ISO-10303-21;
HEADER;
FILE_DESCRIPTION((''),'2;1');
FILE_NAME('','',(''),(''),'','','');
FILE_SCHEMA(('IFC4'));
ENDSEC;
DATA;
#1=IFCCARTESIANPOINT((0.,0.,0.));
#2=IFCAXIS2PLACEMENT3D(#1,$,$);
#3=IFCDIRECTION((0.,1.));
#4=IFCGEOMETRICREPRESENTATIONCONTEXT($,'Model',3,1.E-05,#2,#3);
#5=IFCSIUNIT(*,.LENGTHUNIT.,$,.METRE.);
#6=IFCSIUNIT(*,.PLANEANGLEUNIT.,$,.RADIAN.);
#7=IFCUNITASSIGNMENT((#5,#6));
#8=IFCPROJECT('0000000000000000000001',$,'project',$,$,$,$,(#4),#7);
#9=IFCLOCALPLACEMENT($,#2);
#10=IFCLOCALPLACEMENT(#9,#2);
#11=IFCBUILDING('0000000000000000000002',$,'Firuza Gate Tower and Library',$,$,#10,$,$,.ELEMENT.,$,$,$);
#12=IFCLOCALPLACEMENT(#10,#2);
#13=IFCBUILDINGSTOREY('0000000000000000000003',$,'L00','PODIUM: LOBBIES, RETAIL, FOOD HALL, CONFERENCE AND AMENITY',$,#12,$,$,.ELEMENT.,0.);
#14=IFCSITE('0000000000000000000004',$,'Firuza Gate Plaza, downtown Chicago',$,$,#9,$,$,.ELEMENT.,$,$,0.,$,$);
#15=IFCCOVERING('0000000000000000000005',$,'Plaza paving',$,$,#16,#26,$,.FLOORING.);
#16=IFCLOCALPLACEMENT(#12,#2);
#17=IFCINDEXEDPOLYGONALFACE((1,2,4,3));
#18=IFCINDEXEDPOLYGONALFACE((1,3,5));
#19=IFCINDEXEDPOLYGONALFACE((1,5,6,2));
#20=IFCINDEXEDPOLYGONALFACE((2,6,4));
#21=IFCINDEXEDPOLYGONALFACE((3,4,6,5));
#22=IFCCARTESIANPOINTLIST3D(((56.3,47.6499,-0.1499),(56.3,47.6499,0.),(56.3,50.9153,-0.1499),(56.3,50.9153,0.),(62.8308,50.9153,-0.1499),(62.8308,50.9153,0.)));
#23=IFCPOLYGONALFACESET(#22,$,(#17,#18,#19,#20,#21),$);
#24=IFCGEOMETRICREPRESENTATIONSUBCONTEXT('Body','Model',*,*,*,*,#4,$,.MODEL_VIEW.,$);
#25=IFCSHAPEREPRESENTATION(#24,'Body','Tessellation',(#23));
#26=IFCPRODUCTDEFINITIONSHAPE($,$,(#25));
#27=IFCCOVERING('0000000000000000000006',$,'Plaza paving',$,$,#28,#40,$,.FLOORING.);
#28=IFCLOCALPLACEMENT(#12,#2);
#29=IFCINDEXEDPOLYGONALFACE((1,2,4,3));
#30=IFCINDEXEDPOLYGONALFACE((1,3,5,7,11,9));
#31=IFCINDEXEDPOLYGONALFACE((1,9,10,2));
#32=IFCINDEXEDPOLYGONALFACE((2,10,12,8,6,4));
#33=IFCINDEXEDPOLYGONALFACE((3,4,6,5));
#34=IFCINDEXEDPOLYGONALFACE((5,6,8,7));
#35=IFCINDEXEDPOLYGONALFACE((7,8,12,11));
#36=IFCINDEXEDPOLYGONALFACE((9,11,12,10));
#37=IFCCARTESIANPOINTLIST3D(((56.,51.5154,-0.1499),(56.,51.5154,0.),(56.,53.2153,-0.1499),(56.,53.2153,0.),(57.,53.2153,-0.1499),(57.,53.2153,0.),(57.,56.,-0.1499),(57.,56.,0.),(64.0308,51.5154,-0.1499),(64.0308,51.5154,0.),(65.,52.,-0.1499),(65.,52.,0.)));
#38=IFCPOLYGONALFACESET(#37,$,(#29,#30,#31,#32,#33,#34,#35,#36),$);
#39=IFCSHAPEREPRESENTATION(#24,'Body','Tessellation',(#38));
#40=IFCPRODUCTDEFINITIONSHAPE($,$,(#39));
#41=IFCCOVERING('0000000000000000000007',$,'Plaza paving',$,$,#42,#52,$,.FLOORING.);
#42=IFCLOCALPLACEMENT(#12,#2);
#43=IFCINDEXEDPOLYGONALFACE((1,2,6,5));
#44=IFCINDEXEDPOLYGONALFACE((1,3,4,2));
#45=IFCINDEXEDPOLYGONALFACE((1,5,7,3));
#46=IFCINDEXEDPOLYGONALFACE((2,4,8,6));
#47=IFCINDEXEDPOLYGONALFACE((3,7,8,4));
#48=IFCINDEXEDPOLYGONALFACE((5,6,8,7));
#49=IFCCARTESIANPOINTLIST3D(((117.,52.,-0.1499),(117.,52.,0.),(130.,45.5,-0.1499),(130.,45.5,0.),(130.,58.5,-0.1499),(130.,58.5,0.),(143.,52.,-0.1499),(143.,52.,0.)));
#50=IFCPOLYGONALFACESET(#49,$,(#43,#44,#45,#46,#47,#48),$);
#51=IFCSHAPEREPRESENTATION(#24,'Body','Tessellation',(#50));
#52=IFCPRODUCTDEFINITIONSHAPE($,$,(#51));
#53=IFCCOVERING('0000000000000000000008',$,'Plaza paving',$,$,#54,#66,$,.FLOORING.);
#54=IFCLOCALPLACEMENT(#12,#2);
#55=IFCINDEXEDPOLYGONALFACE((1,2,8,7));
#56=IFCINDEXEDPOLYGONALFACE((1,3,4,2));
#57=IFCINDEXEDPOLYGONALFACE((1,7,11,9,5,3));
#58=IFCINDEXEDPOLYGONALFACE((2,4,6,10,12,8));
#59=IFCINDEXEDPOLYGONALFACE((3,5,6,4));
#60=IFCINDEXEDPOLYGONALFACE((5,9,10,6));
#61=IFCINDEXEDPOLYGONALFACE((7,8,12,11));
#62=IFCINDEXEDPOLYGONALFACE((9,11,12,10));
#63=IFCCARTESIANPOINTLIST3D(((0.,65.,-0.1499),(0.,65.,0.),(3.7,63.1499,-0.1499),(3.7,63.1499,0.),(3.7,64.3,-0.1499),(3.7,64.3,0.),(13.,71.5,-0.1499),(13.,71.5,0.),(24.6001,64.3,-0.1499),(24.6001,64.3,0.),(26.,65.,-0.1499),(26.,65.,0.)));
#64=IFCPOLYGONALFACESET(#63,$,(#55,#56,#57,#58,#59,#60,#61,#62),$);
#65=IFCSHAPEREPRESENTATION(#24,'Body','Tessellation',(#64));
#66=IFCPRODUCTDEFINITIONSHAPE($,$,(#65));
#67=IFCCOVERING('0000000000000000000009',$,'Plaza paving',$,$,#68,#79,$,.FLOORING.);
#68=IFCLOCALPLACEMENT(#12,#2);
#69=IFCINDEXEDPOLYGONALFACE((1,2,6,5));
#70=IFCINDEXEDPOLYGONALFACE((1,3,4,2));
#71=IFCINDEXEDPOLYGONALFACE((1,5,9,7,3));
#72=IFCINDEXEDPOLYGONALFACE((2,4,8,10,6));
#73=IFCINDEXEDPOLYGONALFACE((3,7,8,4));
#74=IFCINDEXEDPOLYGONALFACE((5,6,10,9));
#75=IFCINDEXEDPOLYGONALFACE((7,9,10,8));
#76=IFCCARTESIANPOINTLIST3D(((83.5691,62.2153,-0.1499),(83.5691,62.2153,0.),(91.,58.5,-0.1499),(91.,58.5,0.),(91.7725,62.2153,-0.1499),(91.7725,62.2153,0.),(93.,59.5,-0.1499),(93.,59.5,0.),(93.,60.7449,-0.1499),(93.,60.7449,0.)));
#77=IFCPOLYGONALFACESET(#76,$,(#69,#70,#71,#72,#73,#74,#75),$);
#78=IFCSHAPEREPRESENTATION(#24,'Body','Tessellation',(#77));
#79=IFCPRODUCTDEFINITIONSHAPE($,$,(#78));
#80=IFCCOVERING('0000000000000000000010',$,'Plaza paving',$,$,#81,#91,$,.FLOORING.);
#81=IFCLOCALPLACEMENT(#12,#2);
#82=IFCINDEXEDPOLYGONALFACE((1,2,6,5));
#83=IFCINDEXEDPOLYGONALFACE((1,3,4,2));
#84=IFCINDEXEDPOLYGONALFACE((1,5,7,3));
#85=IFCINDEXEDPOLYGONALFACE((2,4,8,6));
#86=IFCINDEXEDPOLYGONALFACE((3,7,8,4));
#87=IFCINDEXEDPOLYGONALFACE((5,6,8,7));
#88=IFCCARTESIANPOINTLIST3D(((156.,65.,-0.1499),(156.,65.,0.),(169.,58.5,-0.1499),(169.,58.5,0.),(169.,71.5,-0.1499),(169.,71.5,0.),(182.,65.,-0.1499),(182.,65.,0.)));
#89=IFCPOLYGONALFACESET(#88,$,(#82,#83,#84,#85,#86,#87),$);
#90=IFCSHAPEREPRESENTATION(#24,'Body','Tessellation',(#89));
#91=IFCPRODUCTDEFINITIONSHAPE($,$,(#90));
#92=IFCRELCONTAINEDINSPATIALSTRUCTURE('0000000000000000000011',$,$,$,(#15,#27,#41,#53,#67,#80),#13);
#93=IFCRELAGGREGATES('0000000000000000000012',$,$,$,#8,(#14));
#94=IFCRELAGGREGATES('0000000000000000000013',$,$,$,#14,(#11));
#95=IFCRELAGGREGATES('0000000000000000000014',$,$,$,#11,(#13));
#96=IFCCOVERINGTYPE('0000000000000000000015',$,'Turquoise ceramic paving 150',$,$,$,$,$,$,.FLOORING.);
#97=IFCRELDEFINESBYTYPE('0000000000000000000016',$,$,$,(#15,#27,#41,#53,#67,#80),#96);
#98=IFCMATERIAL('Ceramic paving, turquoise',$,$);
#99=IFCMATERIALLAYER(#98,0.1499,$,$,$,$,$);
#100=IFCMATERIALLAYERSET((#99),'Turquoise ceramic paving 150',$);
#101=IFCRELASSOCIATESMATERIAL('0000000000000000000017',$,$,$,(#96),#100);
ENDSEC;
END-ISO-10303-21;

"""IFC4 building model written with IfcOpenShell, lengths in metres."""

from ifc_helpers import new_model, si_unit, direction, frame, origin, place, context, subcontext, project, spatial, polyline, outline, extrude, material, layer, layer_set, type_object, element, save


model = new_model("IFC4")

# Units and contexts
model_context = context("Model", 3, precision=1e-05, world=origin(), true_north=direction((0.0, 1.0)))
body_context = subcontext(model_context, "Body", "Model", "MODEL_VIEW")
ifc_project = project(units=[si_unit("LENGTHUNIT", "METRE"), si_unit("PLANEANGLEUNIT", "RADIAN")], contexts=[model_context])

# Site, building, storey
site_placement = place(None, origin())
site = spatial("IfcSite", under=ifc_project, at=site_placement, Name="Firuza Gate Plaza, downtown Chicago", CompositionType="ELEMENT", RefElevation=0.0)
building_placement = place(site_placement, origin())
building = spatial("IfcBuilding", under=site, at=building_placement, Name="Firuza Gate Tower and Library", CompositionType="ELEMENT")
storey_placement = place(building_placement, origin())
storey = spatial("IfcBuildingStorey", under=building, at=storey_placement, Name="L00", Description="PODIUM: LOBBIES, RETAIL, FOOD HALL, CONFERENCE AND AMENITY", CompositionType="ELEMENT", Elevation=0.0)

# Coverings
placement = place(storey_placement, frame((0.0, 0.0, -0.1499)))
ifc_material_1 = material(Name="Ceramic paving, turquoise")
ifc_layer_1 = layer(ifc_material_1, 0.1499)
ifc_layer_set_1 = layer_set([ifc_layer_1], Name="Turquoise ceramic paving 150")
covering_type_1 = type_object("IfcCoveringType", Name="Turquoise ceramic paving 150", PredefinedType="FLOORING", material=ifc_layer_set_1)
element("IfcCovering", 1, at=placement, inside=storey, type_object=covering_type_1, Name="Plaza paving", PredefinedType="FLOORING", context=body_context, shape_type="SweptSolid", body=[
    extrude(outline(polyline([(56.3, 47.6499), (56.3, 50.9153), (62.8308, 50.9153), (56.3, 47.6499)])), origin(), (0.0, 0.0, 1.0), 0.1499),
])
element("IfcCovering", 2, at=placement, inside=storey, type_object=covering_type_1, Name="Plaza paving", PredefinedType="FLOORING", context=body_context, shape_type="SweptSolid", body=[
    extrude(outline(polyline([(65.0, 52.0), (64.0308, 51.5154), (56.0, 51.5154), (56.0, 53.2153), (57.0, 53.2153), (57.0, 56.0), (65.0, 52.0)])), origin(), (0.0, 0.0, 1.0), 0.1499),
])
element("IfcCovering", 3, at=placement, inside=storey, type_object=covering_type_1, Name="Plaza paving", PredefinedType="FLOORING", context=body_context, shape_type="SweptSolid", body=[
    extrude(outline(polyline([(130.0, 58.5), (143.0, 52.0), (130.0, 45.5), (117.0, 52.0), (130.0, 58.5)])), origin(), (0.0, 0.0, 1.0), 0.1499),
])
element("IfcCovering", 4, at=placement, inside=storey, type_object=covering_type_1, Name="Plaza paving", PredefinedType="FLOORING", context=body_context, shape_type="SweptSolid", body=[
    extrude(outline(polyline([(0.0, 65.0), (13.0, 71.5), (26.0, 65.0), (24.6001, 64.3), (3.7, 64.3), (3.7, 63.1499), (0.0, 65.0)])), origin(), (0.0, 0.0, 1.0), 0.1499),
])
element("IfcCovering", 5, at=placement, inside=storey, type_object=covering_type_1, Name="Plaza paving", PredefinedType="FLOORING", context=body_context, shape_type="SweptSolid", body=[
    extrude(outline(polyline([(91.0, 58.5), (83.5691, 62.2153), (91.7725, 62.2153), (93.0, 60.7449), (93.0, 59.5), (91.0, 58.5)])), origin(), (0.0, 0.0, 1.0), 0.1499),
])
element("IfcCovering", 6, at=placement, inside=storey, type_object=covering_type_1, Name="Plaza paving", PredefinedType="FLOORING", context=body_context, shape_type="SweptSolid", body=[
    extrude(outline(polyline([(169.0, 71.5), (182.0, 65.0), (169.0, 58.5), (156.0, 65.0), (169.0, 71.5)])), origin(), (0.0, 0.0, 1.0), 0.1499),
])

save(model, "model.ifc")
